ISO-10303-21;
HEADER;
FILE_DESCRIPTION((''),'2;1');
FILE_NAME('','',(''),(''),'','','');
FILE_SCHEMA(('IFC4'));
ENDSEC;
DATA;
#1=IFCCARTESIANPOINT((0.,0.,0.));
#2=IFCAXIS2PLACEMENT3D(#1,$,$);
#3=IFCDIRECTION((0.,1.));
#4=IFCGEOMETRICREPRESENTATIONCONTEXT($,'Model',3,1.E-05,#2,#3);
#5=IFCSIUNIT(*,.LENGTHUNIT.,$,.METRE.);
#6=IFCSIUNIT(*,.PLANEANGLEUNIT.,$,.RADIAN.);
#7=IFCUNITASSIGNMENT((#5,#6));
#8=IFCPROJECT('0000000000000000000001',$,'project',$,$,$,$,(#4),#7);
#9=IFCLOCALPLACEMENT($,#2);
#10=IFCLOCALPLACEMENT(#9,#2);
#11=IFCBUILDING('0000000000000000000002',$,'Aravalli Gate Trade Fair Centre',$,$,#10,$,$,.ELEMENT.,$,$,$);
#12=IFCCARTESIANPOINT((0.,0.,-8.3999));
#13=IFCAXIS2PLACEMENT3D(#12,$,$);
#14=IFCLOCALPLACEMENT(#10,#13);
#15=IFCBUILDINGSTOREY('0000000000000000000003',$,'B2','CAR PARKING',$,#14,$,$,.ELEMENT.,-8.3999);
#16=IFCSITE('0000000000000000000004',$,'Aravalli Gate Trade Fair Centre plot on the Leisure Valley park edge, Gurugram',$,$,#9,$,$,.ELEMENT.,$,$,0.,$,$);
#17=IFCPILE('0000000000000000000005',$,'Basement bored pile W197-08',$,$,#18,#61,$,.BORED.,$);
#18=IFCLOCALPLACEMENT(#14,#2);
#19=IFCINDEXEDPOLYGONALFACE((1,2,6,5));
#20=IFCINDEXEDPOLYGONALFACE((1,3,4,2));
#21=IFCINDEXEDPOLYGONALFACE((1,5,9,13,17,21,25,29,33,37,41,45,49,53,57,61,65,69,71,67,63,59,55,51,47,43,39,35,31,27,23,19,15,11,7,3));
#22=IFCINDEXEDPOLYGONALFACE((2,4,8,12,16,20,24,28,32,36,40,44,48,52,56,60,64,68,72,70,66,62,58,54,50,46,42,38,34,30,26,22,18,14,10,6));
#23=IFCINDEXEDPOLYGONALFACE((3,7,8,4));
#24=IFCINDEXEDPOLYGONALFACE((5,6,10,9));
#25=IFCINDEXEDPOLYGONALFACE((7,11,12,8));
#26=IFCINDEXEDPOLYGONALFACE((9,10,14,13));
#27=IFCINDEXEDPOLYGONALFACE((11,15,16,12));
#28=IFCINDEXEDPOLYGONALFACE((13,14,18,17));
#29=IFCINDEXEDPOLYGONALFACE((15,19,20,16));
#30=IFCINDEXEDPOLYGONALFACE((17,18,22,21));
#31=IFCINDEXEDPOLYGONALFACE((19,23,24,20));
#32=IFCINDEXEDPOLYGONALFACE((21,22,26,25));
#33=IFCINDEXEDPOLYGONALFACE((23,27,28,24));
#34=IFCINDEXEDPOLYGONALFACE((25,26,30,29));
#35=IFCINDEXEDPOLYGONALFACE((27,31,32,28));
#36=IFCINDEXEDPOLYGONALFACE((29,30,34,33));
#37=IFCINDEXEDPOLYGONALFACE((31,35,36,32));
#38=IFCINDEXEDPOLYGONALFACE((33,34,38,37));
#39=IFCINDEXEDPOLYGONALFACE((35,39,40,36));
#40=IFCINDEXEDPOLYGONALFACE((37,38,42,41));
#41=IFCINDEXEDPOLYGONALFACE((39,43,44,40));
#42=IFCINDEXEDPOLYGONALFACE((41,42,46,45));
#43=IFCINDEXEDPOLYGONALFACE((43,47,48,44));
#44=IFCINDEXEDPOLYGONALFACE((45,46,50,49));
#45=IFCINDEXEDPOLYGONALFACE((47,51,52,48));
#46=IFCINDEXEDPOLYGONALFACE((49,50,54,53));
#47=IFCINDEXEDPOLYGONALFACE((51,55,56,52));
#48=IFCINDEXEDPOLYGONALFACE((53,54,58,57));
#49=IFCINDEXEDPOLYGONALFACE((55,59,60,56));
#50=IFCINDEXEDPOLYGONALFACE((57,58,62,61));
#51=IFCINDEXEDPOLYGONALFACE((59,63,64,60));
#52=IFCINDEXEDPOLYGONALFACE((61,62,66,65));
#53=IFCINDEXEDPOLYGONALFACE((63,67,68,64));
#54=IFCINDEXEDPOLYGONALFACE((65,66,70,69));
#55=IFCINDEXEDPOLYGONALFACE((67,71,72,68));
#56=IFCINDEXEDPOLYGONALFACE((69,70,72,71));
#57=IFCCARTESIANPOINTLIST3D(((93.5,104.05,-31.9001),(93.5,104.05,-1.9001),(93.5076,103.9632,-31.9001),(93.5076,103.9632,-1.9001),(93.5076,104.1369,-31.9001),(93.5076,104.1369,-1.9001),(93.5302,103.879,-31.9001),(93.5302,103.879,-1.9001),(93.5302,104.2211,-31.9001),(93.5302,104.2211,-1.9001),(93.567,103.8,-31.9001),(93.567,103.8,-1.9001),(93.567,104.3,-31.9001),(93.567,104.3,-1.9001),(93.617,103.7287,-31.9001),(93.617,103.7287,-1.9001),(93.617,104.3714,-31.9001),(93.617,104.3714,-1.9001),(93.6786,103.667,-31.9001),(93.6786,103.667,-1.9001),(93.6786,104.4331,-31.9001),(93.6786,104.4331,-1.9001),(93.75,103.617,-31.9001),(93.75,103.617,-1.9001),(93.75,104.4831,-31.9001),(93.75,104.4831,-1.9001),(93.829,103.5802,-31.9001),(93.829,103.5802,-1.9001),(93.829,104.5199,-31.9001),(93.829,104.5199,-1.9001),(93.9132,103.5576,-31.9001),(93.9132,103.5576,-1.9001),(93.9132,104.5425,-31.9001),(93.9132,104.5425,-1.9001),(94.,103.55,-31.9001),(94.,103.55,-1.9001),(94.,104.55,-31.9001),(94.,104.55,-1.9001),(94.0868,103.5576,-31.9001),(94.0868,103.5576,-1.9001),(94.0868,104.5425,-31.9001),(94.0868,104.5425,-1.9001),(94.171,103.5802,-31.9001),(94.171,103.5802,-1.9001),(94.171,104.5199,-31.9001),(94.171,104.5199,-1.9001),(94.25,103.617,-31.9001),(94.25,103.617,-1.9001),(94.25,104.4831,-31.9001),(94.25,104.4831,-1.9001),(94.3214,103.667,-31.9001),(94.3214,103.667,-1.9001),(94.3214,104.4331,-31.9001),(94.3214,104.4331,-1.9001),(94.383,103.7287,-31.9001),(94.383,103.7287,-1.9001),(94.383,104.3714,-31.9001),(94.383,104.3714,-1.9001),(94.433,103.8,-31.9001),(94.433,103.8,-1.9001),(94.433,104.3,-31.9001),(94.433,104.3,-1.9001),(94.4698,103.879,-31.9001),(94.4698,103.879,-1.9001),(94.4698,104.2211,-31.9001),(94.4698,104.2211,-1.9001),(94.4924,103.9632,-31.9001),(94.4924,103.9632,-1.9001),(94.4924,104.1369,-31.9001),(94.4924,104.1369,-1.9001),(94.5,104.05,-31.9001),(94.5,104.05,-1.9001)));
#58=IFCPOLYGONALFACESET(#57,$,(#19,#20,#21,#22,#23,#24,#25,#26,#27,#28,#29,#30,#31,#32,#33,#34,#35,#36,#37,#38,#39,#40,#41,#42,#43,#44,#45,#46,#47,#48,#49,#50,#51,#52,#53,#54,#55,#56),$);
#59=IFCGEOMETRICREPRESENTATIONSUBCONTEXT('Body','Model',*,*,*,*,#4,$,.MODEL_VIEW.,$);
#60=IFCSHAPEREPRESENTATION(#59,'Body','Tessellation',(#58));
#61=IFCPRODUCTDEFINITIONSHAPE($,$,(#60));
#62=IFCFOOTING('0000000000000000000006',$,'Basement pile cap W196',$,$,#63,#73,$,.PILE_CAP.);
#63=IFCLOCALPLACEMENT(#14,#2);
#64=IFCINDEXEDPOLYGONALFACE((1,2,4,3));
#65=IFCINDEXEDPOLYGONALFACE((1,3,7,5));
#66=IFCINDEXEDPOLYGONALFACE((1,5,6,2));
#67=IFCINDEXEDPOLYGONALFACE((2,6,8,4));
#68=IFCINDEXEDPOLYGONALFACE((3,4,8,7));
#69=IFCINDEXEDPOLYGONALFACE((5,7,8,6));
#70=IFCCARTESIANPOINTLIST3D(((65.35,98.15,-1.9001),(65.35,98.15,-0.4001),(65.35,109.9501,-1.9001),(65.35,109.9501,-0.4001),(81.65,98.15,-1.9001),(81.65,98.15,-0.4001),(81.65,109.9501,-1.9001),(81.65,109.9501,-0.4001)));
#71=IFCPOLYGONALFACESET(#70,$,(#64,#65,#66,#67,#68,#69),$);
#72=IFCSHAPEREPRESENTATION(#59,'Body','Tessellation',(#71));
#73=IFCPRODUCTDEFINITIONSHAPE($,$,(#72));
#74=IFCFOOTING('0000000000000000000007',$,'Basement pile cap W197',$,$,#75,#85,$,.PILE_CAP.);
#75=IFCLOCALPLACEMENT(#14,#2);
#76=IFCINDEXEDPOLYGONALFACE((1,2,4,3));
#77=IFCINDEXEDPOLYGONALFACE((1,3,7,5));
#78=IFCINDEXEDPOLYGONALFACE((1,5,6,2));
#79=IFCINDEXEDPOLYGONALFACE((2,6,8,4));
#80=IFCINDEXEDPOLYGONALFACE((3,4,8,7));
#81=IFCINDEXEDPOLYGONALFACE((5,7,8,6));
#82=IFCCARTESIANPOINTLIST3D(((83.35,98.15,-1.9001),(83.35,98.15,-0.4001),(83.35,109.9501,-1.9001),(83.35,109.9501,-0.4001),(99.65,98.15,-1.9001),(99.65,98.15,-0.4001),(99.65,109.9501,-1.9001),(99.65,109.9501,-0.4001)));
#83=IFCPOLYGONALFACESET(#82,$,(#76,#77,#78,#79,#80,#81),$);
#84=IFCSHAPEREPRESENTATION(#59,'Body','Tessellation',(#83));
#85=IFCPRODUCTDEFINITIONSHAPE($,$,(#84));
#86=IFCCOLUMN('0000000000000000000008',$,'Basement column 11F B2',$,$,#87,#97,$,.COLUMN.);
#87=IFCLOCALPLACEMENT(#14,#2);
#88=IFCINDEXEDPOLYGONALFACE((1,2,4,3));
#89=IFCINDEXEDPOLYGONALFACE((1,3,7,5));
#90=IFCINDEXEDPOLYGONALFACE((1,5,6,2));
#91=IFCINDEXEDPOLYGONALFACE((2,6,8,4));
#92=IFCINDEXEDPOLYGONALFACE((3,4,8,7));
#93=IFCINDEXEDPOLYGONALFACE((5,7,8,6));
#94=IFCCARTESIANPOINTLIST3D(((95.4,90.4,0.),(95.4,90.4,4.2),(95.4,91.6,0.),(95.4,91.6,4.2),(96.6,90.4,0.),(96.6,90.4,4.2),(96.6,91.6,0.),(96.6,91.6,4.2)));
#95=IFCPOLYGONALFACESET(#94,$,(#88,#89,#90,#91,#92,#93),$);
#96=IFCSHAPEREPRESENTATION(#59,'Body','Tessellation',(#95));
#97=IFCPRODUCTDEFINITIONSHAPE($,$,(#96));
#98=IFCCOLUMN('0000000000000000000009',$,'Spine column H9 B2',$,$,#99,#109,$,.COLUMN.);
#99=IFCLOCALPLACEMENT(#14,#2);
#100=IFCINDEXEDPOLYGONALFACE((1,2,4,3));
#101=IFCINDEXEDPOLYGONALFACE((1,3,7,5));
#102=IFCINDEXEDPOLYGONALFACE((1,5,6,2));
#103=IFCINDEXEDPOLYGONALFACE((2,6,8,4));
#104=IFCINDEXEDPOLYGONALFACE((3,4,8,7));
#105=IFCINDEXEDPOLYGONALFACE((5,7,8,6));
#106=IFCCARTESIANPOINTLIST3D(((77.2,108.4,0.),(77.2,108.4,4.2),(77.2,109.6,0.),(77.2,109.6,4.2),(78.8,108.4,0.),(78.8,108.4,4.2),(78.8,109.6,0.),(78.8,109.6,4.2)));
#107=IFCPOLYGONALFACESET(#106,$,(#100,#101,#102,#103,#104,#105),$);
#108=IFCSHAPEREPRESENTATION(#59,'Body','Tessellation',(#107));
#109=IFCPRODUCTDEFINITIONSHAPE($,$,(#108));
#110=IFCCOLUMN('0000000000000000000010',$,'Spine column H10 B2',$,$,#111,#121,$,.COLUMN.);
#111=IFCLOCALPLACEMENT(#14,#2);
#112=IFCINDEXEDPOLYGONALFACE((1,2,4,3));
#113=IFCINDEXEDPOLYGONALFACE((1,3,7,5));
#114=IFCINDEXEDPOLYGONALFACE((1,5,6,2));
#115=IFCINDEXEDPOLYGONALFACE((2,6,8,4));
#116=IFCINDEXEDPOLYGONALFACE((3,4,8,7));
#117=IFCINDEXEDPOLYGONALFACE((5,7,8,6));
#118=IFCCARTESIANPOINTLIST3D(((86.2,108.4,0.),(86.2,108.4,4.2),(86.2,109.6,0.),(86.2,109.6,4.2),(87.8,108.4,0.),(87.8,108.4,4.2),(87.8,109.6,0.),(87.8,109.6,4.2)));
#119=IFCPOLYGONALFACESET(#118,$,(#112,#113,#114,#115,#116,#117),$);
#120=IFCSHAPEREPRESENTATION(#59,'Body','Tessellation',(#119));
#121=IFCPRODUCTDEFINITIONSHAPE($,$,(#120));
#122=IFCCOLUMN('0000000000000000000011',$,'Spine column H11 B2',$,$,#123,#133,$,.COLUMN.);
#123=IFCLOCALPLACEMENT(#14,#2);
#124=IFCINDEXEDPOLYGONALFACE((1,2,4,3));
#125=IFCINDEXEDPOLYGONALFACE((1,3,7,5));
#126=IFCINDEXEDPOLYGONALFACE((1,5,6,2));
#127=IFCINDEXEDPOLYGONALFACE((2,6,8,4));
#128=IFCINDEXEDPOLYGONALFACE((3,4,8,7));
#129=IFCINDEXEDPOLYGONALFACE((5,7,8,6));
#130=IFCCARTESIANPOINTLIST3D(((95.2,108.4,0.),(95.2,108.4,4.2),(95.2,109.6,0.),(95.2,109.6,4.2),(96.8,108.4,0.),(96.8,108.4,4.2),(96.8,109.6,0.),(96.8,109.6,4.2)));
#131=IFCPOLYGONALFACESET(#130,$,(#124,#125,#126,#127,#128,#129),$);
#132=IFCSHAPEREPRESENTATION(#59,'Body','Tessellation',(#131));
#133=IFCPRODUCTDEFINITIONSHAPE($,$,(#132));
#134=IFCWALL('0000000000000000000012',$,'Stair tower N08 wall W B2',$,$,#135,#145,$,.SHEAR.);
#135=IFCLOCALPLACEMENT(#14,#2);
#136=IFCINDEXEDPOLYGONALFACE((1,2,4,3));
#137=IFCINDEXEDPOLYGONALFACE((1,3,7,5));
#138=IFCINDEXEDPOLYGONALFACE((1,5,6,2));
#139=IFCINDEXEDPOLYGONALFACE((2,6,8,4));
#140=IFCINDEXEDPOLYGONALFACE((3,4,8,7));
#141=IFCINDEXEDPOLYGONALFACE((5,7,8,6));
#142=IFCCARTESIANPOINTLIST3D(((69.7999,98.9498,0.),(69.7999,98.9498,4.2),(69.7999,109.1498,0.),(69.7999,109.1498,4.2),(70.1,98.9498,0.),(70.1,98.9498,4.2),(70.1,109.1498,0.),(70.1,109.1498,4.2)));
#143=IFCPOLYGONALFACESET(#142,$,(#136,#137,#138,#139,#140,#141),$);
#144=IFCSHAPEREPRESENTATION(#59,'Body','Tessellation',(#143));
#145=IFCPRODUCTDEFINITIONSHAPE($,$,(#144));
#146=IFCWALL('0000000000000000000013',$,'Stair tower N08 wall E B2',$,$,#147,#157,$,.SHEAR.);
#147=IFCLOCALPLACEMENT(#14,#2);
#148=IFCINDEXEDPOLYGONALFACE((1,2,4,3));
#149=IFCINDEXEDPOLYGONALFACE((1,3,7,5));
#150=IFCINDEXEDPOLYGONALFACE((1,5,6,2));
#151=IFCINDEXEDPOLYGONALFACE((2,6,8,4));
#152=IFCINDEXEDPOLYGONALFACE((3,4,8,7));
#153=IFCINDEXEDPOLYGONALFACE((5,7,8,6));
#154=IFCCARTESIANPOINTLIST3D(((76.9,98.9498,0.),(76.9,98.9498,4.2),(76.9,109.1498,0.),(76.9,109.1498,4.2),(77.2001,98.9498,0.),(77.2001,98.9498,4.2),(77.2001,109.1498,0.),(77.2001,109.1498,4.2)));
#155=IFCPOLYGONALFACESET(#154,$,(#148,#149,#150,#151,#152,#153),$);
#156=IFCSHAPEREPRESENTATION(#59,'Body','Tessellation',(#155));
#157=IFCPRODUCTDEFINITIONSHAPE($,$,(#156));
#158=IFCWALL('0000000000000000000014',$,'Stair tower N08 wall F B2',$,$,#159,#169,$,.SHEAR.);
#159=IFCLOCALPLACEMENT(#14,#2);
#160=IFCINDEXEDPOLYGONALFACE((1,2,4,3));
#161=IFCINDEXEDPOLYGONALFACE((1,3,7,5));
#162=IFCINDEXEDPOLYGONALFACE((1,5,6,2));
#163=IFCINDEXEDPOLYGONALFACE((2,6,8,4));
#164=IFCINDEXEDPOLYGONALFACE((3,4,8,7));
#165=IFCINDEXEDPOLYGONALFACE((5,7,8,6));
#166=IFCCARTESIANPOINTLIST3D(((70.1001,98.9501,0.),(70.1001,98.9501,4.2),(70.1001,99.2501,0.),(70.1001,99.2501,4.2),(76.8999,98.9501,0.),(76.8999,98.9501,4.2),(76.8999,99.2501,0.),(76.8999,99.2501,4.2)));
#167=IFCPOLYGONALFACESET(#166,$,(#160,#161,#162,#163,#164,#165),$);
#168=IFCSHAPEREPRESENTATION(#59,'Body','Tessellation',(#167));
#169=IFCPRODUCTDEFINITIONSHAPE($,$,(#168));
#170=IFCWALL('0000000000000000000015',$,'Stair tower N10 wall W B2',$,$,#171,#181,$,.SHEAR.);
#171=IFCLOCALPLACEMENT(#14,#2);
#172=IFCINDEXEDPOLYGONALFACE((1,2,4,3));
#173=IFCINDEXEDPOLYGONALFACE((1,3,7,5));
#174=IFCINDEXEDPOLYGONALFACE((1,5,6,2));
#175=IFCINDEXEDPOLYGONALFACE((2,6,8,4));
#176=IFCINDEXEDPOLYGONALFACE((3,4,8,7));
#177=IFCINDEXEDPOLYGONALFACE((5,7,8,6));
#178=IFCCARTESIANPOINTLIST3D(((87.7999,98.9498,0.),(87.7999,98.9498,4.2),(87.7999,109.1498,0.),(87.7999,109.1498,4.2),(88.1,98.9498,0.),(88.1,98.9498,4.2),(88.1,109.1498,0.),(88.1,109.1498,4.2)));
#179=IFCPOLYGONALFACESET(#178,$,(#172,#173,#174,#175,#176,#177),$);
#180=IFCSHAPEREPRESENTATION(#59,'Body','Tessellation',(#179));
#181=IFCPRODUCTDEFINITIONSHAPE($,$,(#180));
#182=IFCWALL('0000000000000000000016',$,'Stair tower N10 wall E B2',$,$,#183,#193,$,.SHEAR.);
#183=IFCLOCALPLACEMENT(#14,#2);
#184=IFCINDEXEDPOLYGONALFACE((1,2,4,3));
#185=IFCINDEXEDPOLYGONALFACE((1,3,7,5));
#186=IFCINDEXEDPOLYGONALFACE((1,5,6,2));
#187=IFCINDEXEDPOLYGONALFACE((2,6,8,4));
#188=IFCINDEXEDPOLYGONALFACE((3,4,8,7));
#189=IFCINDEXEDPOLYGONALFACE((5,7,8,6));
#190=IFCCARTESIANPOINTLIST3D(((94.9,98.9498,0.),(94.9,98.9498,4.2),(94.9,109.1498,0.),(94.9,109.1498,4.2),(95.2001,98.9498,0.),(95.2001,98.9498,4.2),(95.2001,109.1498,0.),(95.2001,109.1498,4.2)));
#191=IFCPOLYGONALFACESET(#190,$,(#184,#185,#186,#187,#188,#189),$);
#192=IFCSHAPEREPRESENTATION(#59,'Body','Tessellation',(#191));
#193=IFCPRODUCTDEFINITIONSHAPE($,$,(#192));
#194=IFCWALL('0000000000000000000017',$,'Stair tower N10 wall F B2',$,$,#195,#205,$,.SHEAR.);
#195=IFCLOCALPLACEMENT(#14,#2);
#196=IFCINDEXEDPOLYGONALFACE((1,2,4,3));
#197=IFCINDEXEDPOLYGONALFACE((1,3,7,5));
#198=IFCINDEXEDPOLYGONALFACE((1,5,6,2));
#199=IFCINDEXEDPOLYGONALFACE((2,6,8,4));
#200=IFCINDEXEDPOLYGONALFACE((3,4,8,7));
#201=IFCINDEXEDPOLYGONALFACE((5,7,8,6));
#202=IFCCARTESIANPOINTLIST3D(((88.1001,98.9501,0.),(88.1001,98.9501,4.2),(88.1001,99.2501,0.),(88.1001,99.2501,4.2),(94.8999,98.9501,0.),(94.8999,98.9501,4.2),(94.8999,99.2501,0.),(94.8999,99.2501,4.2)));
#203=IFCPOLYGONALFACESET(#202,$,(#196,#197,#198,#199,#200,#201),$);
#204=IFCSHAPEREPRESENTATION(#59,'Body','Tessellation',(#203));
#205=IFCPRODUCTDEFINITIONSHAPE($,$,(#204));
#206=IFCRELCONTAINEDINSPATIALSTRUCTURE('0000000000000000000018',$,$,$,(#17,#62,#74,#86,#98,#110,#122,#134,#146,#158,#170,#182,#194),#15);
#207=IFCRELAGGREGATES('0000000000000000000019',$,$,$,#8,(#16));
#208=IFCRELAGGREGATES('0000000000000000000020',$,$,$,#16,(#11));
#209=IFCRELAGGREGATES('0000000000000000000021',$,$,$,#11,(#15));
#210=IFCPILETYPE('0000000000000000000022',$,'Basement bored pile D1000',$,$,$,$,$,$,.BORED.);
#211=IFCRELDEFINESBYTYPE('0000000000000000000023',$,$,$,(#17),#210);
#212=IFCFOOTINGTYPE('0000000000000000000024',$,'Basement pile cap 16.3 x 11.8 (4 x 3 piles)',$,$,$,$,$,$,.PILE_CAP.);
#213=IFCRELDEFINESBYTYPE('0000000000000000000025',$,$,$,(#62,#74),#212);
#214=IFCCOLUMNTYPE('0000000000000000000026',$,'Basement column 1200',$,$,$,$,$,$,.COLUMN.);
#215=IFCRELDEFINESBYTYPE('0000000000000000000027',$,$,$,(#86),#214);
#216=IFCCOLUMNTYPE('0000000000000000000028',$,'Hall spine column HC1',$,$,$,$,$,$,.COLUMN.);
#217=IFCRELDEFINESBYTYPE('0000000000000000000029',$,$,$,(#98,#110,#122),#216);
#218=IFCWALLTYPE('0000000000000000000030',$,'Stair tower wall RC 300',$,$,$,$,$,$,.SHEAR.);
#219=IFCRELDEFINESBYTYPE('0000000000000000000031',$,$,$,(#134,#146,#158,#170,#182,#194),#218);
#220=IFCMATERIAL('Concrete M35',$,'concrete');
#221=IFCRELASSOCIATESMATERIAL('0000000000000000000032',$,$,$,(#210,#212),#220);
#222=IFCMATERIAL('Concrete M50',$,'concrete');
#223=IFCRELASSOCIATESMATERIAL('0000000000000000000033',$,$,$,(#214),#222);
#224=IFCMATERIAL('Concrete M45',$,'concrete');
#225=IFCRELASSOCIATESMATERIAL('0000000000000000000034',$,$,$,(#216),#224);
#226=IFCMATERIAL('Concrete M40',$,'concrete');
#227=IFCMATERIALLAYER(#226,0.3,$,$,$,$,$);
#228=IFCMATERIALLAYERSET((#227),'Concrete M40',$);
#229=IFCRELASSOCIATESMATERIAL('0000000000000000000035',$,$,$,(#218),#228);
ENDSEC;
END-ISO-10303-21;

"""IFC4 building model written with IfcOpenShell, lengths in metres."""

from ifc_helpers import new_model, si_unit, direction, frame, frame_2d, origin, origin_2d, place, context, subcontext, project, spatial, rectangle, circle, extrude, material, layer, layer_set, material_profile, profile_set, type_object, element, save


model = new_model("IFC4")

# Units and contexts
model_context = context("Model", 3, precision=1e-05, world=origin(), true_north=direction((0.0, 1.0)))
body_context = subcontext(model_context, "Body", "Model", "MODEL_VIEW")
ifc_project = project(units=[si_unit("LENGTHUNIT", "METRE"), si_unit("PLANEANGLEUNIT", "RADIAN")], contexts=[model_context])

# Site, building, storey
site_placement = place(None, origin())
site = spatial("IfcSite", under=ifc_project, at=site_placement, Name="Aravalli Gate Trade Fair Centre plot on the Leisure Valley park edge, Gurugram", CompositionType="ELEMENT", RefElevation=0.0)
building_placement = place(site_placement, origin())
building = spatial("IfcBuilding", under=site, at=building_placement, Name="Aravalli Gate Trade Fair Centre", CompositionType="ELEMENT")
storey_placement = place(building_placement, frame((0.0, 0.0, -8.3999)))
storey = spatial("IfcBuildingStorey", under=building, at=storey_placement, Name="B2", Description="CAR PARKING", CompositionType="ELEMENT", Elevation=-8.3999)

# Pile
ifc_material_1 = material(Name="Concrete M35", Category="concrete")
ifc_material_profile_1 = material_profile(ifc_material_1, circle(Radius=0.5, at=origin_2d()), Name="D1000")
ifc_profile_set_1 = profile_set([ifc_material_profile_1], Name="Concrete M35")
pile_type = type_object("IfcPileType", Name="Basement bored pile D1000", PredefinedType="BORED", material=ifc_profile_set_1)
for number, where, z_axis, x_axis, name in (
    (1, (94.0, 104.05, -1.9001), (0.0, 0.0, -1.0), (1.0, 0.0, 0.0), "Basement bored pile W197-08"),
):
    element("IfcPile", number, at=place(storey_placement, frame(where, z_axis=z_axis, x_axis=x_axis)), inside=storey, type_object=pile_type, Name=name, PredefinedType="BORED", context=body_context, shape_type="SweptSolid", body=[
        extrude(circle(Radius=0.5, at=origin_2d()), origin(), (0.0, 0.0, 1.0), 30.0),
    ])

# Footings
footing_type = type_object("IfcFootingType", Name="Basement pile cap 16.3 x 11.8 (4 x 3 piles)", PredefinedType="PILE_CAP", material=ifc_material_1)
for number, where, z_axis, x_axis, name in (
    (2, (73.5, 104.05, -1.9001), (0.0, 0.0, 1.0), (1.0, 0.0, 0.0), "Basement pile cap W196"),
    (3, (91.5, 104.05, -1.9001), (0.0, 0.0, 1.0), (1.0, 0.0, 0.0), "Basement pile cap W197"),
):
    element("IfcFooting", number, at=place(storey_placement, frame(where, z_axis=z_axis, x_axis=x_axis)), inside=storey, type_object=footing_type, Name=name, PredefinedType="PILE_CAP", context=body_context, shape_type="SweptSolid", body=[
        extrude(rectangle(XDim=16.3, YDim=11.8, at=origin_2d()), origin(), (0.0, 0.0, 1.0), 1.5),
    ])

# Columns
ifc_material_2 = material(Name="Concrete M50", Category="concrete")
ifc_material_profile_2 = material_profile(ifc_material_2, rectangle(XDim=1.2, YDim=1.2, at=origin_2d()), Name="RC 1200 x 1200")
ifc_profile_set_2 = profile_set([ifc_material_profile_2], Name="Concrete M50")
column_type_1 = type_object("IfcColumnType", Name="Basement column 1200", PredefinedType="COLUMN", material=ifc_profile_set_2)
column_placement = place(storey_placement, frame((96.0, 91.0, 0.0), z_axis=(0.0, 0.0, 1.0), x_axis=(1.0, 0.0, 0.0)))
element("IfcColumn", 4, at=column_placement, inside=storey, type_object=column_type_1, Name="Basement column 11F B2", PredefinedType="COLUMN", context=body_context, shape_type="SweptSolid", body=[
    extrude(rectangle(XDim=1.2, YDim=1.2, at=origin_2d()), origin(), (0.0, 0.0, 1.0), 4.2),
])
ifc_material_3 = material(Name="Concrete M45", Category="concrete")
ifc_material_profile_3 = material_profile(ifc_material_3, rectangle(XDim=1.6001, YDim=1.2, at=origin_2d()), Name="RC 1600x1200")
ifc_profile_set_3 = profile_set([ifc_material_profile_3], Name="Concrete M45")
column_type_2 = type_object("IfcColumnType", Name="Hall spine column HC1", PredefinedType="COLUMN", material=ifc_profile_set_3)
for number, where, z_axis, x_axis, name in (
    (5, (78.0, 109.0, 0.0), (0.0, 0.0, 1.0), (1.0, 0.0, 0.0), "Spine column H9 B2"),
    (6, (87.0, 109.0, 0.0), (0.0, 0.0, 1.0), (1.0, 0.0, 0.0), "Spine column H10 B2"),
    (7, (96.0, 109.0, 0.0), (0.0, 0.0, 1.0), (1.0, 0.0, 0.0), "Spine column H11 B2"),
):
    element("IfcColumn", number, at=place(storey_placement, frame(where, z_axis=z_axis, x_axis=x_axis)), inside=storey, type_object=column_type_2, Name=name, PredefinedType="COLUMN", context=body_context, shape_type="SweptSolid", body=[
        extrude(rectangle(XDim=1.6001, YDim=1.2, at=origin_2d()), origin(), (0.0, 0.0, 1.0), 4.2),
    ])

# Walls
ifc_material_4 = material(Name="Concrete M40", Category="concrete")
ifc_layer = layer(ifc_material_4, 0.3)
ifc_layer_set = layer_set([ifc_layer], Name="Concrete M40")
wall_type = type_object("IfcWallType", Name="Stair tower wall RC 300", PredefinedType="SHEAR", material=ifc_layer_set)
for number, where, z_axis, x_axis, name in (
    (8, (69.95, 109.1499, 0.0), (0.0, 0.0, 1.0), (0.0, -1.0, 0.0), "Stair tower N08 wall W B2"),
    (9, (77.05, 109.1499, 0.0), (0.0, 0.0, 1.0), (0.0, -1.0, 0.0), "Stair tower N08 wall E B2"),
):
    element("IfcWall", number, at=place(storey_placement, frame(where, z_axis=z_axis, x_axis=x_axis)), inside=storey, type_object=wall_type, Name=name, PredefinedType="SHEAR", context=body_context, shape_type="SweptSolid", body=[
        extrude(rectangle(XDim=10.2, YDim=0.3, at=frame_2d((5.1001, 0.0))), origin(), (0.0, 0.0, 1.0), 4.2),
    ])
wall_1_placement = place(storey_placement, frame((70.1001, 99.1001, 0.0), z_axis=(0.0, 0.0, 1.0), x_axis=(1.0, 0.0, 0.0)))
element("IfcWall", 10, at=wall_1_placement, inside=storey, type_object=wall_type, Name="Stair tower N08 wall F B2", PredefinedType="SHEAR", context=body_context, shape_type="SweptSolid", body=[
    extrude(rectangle(XDim=6.7998, YDim=0.3, at=frame_2d((3.3999, 0.0))), origin(), (0.0, 0.0, 1.0), 4.2),
])
for number, where, z_axis, x_axis, name in (
    (11, (87.95, 109.1499, 0.0), (0.0, 0.0, 1.0), (0.0, -1.0, 0.0), "Stair tower N10 wall W B2"),
    (12, (95.05, 109.1499, 0.0), (0.0, 0.0, 1.0), (0.0, -1.0, 0.0), "Stair tower N10 wall E B2"),
):
    element("IfcWall", number, at=place(storey_placement, frame(where, z_axis=z_axis, x_axis=x_axis)), inside=storey, type_object=wall_type, Name=name, PredefinedType="SHEAR", context=body_context, shape_type="SweptSolid", body=[
        extrude(rectangle(XDim=10.2, YDim=0.3, at=frame_2d((5.1001, 0.0))), origin(), (0.0, 0.0, 1.0), 4.2),
    ])
wall_2_placement = place(storey_placement, frame((88.1001, 99.1001, 0.0), z_axis=(0.0, 0.0, 1.0), x_axis=(1.0, 0.0, 0.0)))
element("IfcWall", 13, at=wall_2_placement, inside=storey, type_object=wall_type, Name="Stair tower N10 wall F B2", PredefinedType="SHEAR", context=body_context, shape_type="SweptSolid", body=[
    extrude(rectangle(XDim=6.7998, YDim=0.3, at=frame_2d((3.3999, 0.0))), origin(), (0.0, 0.0, 1.0), 4.2),
])

save(model, "model.ifc")
